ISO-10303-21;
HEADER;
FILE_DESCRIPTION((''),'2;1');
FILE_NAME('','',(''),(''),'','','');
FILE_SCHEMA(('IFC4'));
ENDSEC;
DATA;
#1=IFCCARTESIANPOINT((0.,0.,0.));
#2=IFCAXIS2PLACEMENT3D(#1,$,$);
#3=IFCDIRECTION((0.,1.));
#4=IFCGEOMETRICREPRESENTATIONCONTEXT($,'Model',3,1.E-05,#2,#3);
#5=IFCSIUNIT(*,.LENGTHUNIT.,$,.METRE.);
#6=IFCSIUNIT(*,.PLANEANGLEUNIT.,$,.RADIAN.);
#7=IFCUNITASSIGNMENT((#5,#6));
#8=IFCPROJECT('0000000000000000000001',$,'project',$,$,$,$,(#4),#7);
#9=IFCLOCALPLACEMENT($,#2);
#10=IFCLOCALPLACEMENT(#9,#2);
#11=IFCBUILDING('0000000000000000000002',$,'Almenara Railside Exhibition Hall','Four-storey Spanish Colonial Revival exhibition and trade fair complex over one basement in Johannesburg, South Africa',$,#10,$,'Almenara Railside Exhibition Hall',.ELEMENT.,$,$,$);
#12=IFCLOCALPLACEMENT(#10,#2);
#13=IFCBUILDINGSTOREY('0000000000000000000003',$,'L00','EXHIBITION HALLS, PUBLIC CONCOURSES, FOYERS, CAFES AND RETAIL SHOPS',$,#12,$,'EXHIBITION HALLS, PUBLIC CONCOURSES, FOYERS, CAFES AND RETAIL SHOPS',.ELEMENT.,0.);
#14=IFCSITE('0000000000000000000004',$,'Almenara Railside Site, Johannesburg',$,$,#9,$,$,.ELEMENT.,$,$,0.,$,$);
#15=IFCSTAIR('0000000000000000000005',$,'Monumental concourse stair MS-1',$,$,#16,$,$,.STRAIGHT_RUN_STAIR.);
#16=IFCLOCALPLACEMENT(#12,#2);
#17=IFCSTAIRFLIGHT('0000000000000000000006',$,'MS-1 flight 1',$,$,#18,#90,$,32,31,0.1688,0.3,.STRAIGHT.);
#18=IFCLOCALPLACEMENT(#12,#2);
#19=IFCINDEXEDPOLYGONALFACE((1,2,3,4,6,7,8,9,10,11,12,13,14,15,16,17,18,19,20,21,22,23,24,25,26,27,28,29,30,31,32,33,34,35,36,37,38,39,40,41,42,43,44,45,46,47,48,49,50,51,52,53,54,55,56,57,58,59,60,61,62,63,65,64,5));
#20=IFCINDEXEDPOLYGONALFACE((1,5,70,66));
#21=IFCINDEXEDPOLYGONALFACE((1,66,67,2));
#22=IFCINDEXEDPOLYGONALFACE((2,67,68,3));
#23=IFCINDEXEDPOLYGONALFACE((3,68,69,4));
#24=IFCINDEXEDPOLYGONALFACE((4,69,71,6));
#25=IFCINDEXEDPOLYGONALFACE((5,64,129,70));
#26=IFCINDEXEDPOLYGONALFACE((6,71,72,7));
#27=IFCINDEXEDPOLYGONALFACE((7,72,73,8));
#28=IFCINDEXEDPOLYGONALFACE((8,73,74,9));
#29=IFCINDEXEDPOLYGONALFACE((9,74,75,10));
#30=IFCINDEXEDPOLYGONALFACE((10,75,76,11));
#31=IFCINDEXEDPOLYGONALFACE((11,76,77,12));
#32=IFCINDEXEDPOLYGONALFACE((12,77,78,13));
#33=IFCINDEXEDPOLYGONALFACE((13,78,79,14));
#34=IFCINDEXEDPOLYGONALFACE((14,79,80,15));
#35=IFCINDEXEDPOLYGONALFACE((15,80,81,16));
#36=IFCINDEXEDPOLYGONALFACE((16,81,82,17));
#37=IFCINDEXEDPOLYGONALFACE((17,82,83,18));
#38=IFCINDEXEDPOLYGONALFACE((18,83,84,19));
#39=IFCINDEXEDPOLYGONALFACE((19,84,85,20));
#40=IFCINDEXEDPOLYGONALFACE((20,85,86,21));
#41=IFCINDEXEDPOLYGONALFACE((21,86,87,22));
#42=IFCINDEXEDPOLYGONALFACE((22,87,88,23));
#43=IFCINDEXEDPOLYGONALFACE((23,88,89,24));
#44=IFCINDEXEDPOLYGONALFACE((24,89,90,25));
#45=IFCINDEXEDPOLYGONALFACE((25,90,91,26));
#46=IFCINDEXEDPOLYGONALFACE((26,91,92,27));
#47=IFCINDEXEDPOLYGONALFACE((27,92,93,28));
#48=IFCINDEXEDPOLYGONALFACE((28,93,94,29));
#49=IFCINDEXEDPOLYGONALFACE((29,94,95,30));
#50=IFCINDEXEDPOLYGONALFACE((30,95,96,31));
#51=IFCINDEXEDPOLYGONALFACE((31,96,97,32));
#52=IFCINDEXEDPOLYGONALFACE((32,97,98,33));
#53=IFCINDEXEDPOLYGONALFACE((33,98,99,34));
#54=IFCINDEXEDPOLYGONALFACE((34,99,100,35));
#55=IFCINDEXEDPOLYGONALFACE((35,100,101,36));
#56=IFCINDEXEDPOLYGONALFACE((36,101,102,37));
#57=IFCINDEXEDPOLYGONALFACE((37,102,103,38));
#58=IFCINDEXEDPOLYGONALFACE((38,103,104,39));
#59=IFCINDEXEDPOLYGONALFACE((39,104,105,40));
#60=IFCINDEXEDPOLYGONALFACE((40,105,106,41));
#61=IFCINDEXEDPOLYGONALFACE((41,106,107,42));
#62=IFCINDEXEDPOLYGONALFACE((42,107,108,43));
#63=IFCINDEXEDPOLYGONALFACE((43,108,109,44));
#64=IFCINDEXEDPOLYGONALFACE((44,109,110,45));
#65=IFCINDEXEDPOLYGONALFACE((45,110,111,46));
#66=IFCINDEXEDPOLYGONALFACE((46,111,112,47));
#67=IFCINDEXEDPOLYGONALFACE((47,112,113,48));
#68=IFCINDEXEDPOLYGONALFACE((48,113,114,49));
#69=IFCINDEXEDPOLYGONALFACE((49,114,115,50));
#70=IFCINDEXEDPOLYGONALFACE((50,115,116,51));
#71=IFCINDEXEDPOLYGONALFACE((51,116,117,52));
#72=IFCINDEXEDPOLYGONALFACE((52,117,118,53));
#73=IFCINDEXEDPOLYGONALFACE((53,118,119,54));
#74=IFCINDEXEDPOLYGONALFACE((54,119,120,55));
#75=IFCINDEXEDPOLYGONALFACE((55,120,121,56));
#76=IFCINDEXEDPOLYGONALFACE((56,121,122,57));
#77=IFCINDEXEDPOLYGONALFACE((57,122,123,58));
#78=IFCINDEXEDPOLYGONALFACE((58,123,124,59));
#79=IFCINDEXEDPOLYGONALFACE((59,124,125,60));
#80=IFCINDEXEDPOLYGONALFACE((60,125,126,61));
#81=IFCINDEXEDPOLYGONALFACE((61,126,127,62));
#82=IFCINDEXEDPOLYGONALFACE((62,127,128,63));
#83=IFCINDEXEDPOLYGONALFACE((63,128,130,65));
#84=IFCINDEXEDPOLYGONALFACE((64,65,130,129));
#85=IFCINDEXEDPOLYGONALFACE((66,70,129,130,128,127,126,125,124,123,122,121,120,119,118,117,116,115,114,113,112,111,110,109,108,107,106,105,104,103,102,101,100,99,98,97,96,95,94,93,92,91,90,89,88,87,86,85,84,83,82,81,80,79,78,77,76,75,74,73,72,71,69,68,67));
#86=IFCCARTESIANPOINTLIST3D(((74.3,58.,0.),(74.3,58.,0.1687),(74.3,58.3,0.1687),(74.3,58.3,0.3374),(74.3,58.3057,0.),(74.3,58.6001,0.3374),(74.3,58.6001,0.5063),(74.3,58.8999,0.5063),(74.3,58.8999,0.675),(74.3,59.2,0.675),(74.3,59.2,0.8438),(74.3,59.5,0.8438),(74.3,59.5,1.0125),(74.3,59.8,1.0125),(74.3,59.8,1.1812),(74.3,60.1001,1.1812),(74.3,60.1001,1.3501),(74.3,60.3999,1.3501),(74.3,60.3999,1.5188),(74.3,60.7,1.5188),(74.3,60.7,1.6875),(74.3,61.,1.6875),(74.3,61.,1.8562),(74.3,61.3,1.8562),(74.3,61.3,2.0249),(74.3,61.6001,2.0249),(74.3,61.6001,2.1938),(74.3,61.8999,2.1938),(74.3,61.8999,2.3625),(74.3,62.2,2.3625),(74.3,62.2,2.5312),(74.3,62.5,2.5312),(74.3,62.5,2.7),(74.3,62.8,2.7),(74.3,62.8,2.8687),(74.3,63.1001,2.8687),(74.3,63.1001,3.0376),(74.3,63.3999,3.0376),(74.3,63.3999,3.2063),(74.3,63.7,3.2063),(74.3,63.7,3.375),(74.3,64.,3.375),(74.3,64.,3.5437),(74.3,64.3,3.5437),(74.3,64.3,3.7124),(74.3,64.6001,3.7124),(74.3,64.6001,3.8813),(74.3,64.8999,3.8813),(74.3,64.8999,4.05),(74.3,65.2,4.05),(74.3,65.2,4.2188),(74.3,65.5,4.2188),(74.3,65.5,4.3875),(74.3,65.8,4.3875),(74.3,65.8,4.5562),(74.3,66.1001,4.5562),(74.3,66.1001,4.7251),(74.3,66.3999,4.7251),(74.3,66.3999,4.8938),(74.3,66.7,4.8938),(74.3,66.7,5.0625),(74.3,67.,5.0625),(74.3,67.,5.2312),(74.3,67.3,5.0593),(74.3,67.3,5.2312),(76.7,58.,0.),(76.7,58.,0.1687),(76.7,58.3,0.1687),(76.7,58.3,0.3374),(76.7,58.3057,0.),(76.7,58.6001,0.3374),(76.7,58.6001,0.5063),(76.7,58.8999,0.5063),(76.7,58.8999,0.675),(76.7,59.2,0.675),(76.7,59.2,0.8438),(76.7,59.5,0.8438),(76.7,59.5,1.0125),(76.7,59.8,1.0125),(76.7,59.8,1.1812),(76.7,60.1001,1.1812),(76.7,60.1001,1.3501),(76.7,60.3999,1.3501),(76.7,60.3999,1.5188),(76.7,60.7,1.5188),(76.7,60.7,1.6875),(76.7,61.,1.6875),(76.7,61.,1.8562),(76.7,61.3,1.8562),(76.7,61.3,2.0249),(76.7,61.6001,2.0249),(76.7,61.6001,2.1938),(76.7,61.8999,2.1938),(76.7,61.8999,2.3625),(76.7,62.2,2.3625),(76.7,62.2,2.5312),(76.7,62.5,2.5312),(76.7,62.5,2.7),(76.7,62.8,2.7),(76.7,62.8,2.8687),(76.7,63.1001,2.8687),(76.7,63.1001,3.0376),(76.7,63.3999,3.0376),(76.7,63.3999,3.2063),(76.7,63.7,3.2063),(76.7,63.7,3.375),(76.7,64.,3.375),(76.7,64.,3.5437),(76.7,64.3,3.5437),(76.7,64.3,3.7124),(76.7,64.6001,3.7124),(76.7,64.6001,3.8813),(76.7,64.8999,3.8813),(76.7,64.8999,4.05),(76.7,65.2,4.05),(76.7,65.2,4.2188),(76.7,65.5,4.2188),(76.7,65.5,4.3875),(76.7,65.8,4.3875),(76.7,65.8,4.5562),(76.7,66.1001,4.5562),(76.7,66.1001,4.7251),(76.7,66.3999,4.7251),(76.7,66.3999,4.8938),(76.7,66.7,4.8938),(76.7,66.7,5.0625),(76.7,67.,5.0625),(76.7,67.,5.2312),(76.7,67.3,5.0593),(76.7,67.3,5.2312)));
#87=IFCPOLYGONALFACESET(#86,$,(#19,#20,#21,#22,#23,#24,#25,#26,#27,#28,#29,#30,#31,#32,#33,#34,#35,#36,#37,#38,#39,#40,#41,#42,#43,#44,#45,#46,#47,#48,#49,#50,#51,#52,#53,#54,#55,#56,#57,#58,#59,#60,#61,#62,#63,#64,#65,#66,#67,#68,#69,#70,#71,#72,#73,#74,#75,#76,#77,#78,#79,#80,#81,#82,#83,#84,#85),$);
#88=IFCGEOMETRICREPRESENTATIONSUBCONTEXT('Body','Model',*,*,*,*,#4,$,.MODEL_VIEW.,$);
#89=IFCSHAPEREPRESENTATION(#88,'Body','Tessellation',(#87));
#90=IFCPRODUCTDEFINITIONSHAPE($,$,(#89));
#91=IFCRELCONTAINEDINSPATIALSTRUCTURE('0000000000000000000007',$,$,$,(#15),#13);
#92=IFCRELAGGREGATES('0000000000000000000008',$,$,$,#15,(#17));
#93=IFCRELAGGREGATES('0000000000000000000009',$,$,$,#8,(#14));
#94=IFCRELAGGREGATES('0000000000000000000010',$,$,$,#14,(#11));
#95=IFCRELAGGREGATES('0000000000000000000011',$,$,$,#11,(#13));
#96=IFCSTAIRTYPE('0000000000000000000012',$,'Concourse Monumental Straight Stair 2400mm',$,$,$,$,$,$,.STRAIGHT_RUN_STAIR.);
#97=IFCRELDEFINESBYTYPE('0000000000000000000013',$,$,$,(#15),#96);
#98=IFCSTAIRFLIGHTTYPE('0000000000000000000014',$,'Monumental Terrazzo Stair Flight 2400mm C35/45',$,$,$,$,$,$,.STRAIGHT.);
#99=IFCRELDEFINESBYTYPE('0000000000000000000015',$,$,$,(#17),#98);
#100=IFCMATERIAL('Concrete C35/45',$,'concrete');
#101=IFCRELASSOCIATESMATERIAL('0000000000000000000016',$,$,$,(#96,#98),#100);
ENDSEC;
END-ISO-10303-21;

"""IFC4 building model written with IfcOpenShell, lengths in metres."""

from ifc_helpers import new_model, si_unit, direction, frame, origin, place, context, subcontext, project, spatial, polyline, outline, extrude, material, type_object, element, aggregate, save


model = new_model("IFC4")

# Units and contexts
model_context = context("Model", 3, precision=1e-05, world=origin(), true_north=direction((0.0, 1.0)))
body_context = subcontext(model_context, "Body", "Model", "MODEL_VIEW")
ifc_project = project(units=[si_unit("LENGTHUNIT", "METRE"), si_unit("PLANEANGLEUNIT", "RADIAN")], contexts=[model_context])

# Site, building, storey
site_placement = place(None, origin())
site = spatial("IfcSite", under=ifc_project, at=site_placement, Name="Almenara Railside Site, Johannesburg", CompositionType="ELEMENT", RefElevation=0.0)
building_placement = place(site_placement, origin())
building = spatial("IfcBuilding", under=site, at=building_placement, Name="Almenara Railside Exhibition Hall", Description="Four-storey Spanish Colonial Revival exhibition and trade fair complex over one basement in Johannesburg, South Africa", LongName="Almenara Railside Exhibition Hall", CompositionType="ELEMENT")
storey_placement = place(building_placement, origin())
storey = spatial("IfcBuildingStorey", under=building, at=storey_placement, Name="L00", Description="EXHIBITION HALLS, PUBLIC CONCOURSES, FOYERS, CAFES AND RETAIL SHOPS", LongName="EXHIBITION HALLS, PUBLIC CONCOURSES, FOYERS, CAFES AND RETAIL SHOPS", CompositionType="ELEMENT", Elevation=0.0)

# Shared definitions
ifc_material_1 = material(Name="Concrete C35/45", Category="concrete")

# Stair, stair flight
stair_type = type_object("IfcStairType", Name="Concourse Monumental Straight Stair 2400mm", PredefinedType="STRAIGHT_RUN_STAIR", material=ifc_material_1)
stair_placement = place(storey_placement, origin())
stair = element("IfcStair", 1, at=stair_placement, inside=storey, type_object=stair_type, Name="Monumental concourse stair MS-1", PredefinedType="STRAIGHT_RUN_STAIR")
stair_flight_type = type_object("IfcStairFlightType", Name="Monumental Terrazzo Stair Flight 2400mm C35/45", PredefinedType="STRAIGHT", material=ifc_material_1)
stair_flight_placement = place(storey_placement, frame((75.5, 58.0, 0.0), z_axis=(0.0, 0.0, 1.0), x_axis=(0.0, 1.0, 0.0)))
stair_flight = element("IfcStairFlight", 2, at=stair_flight_placement, type_object=stair_flight_type, Name="MS-1 flight 1", NumberOfRisers=32, NumberOfTreads=31, PredefinedType="STRAIGHT", RiserHeight=0.1688, TreadLength=0.3, context=body_context, shape_type="SweptSolid", body=[
    extrude(outline(polyline([(0.0, 0.0), (0.0, 0.1687), (0.3, 0.1687), (0.3, 0.3374), (0.6001, 0.3374), (0.6001, 0.5063), (0.8999, 0.5063), (0.8999, 0.675), (1.2, 0.675), (1.2, 0.8438), (1.5, 0.8438), (1.5, 1.0125), (1.8, 1.0125), (1.8, 1.1812), (2.1001, 1.1812), (2.1001, 1.3501), (2.3999, 1.3501), (2.3999, 1.5188), (2.7, 1.5188), (2.7, 1.6875), (3.0, 1.6875), (3.0, 1.8562), (3.3, 1.8562), (3.3, 2.0249), (3.6001, 2.0249), (3.6001, 2.1938), (3.8999, 2.1938), (3.8999, 2.3625), (4.2, 2.3625), (4.2, 2.5312), (4.5, 2.5312), (4.5, 2.7), (4.8, 2.7), (4.8, 2.8687), (5.1001, 2.8687), (5.1001, 3.0376), (5.3999, 3.0376), (5.3999, 3.2063), (5.7, 3.2063), (5.7, 3.375), (6.0, 3.375), (6.0, 3.5437), (6.3, 3.5437), (6.3, 3.7124), (6.6001, 3.7124), (6.6001, 3.8813), (6.8999, 3.8813), (6.8999, 4.05), (7.2, 4.05), (7.2, 4.2188), (7.5, 4.2188), (7.5, 4.3875), (7.8, 4.3875), (7.8, 4.5562), (8.1001, 4.5562), (8.1001, 4.7251), (8.3999, 4.7251), (8.3999, 4.8938), (8.7, 4.8938), (8.7, 5.0625), (9.0, 5.0625), (9.0, 5.2312), (9.3, 5.2312), (9.3, 5.3999), (9.3, 5.0593), (0.3057, 0.0), (0.0, 0.0)])), frame((0.0, 1.2, 0.0), z_axis=(0.0, -1.0, 0.0), x_axis=(1.0, 0.0, 0.0)), (0.0, 0.0, 1.0), 2.3999),
])
aggregate(stair, [stair_flight])

save(model, "model.ifc")
